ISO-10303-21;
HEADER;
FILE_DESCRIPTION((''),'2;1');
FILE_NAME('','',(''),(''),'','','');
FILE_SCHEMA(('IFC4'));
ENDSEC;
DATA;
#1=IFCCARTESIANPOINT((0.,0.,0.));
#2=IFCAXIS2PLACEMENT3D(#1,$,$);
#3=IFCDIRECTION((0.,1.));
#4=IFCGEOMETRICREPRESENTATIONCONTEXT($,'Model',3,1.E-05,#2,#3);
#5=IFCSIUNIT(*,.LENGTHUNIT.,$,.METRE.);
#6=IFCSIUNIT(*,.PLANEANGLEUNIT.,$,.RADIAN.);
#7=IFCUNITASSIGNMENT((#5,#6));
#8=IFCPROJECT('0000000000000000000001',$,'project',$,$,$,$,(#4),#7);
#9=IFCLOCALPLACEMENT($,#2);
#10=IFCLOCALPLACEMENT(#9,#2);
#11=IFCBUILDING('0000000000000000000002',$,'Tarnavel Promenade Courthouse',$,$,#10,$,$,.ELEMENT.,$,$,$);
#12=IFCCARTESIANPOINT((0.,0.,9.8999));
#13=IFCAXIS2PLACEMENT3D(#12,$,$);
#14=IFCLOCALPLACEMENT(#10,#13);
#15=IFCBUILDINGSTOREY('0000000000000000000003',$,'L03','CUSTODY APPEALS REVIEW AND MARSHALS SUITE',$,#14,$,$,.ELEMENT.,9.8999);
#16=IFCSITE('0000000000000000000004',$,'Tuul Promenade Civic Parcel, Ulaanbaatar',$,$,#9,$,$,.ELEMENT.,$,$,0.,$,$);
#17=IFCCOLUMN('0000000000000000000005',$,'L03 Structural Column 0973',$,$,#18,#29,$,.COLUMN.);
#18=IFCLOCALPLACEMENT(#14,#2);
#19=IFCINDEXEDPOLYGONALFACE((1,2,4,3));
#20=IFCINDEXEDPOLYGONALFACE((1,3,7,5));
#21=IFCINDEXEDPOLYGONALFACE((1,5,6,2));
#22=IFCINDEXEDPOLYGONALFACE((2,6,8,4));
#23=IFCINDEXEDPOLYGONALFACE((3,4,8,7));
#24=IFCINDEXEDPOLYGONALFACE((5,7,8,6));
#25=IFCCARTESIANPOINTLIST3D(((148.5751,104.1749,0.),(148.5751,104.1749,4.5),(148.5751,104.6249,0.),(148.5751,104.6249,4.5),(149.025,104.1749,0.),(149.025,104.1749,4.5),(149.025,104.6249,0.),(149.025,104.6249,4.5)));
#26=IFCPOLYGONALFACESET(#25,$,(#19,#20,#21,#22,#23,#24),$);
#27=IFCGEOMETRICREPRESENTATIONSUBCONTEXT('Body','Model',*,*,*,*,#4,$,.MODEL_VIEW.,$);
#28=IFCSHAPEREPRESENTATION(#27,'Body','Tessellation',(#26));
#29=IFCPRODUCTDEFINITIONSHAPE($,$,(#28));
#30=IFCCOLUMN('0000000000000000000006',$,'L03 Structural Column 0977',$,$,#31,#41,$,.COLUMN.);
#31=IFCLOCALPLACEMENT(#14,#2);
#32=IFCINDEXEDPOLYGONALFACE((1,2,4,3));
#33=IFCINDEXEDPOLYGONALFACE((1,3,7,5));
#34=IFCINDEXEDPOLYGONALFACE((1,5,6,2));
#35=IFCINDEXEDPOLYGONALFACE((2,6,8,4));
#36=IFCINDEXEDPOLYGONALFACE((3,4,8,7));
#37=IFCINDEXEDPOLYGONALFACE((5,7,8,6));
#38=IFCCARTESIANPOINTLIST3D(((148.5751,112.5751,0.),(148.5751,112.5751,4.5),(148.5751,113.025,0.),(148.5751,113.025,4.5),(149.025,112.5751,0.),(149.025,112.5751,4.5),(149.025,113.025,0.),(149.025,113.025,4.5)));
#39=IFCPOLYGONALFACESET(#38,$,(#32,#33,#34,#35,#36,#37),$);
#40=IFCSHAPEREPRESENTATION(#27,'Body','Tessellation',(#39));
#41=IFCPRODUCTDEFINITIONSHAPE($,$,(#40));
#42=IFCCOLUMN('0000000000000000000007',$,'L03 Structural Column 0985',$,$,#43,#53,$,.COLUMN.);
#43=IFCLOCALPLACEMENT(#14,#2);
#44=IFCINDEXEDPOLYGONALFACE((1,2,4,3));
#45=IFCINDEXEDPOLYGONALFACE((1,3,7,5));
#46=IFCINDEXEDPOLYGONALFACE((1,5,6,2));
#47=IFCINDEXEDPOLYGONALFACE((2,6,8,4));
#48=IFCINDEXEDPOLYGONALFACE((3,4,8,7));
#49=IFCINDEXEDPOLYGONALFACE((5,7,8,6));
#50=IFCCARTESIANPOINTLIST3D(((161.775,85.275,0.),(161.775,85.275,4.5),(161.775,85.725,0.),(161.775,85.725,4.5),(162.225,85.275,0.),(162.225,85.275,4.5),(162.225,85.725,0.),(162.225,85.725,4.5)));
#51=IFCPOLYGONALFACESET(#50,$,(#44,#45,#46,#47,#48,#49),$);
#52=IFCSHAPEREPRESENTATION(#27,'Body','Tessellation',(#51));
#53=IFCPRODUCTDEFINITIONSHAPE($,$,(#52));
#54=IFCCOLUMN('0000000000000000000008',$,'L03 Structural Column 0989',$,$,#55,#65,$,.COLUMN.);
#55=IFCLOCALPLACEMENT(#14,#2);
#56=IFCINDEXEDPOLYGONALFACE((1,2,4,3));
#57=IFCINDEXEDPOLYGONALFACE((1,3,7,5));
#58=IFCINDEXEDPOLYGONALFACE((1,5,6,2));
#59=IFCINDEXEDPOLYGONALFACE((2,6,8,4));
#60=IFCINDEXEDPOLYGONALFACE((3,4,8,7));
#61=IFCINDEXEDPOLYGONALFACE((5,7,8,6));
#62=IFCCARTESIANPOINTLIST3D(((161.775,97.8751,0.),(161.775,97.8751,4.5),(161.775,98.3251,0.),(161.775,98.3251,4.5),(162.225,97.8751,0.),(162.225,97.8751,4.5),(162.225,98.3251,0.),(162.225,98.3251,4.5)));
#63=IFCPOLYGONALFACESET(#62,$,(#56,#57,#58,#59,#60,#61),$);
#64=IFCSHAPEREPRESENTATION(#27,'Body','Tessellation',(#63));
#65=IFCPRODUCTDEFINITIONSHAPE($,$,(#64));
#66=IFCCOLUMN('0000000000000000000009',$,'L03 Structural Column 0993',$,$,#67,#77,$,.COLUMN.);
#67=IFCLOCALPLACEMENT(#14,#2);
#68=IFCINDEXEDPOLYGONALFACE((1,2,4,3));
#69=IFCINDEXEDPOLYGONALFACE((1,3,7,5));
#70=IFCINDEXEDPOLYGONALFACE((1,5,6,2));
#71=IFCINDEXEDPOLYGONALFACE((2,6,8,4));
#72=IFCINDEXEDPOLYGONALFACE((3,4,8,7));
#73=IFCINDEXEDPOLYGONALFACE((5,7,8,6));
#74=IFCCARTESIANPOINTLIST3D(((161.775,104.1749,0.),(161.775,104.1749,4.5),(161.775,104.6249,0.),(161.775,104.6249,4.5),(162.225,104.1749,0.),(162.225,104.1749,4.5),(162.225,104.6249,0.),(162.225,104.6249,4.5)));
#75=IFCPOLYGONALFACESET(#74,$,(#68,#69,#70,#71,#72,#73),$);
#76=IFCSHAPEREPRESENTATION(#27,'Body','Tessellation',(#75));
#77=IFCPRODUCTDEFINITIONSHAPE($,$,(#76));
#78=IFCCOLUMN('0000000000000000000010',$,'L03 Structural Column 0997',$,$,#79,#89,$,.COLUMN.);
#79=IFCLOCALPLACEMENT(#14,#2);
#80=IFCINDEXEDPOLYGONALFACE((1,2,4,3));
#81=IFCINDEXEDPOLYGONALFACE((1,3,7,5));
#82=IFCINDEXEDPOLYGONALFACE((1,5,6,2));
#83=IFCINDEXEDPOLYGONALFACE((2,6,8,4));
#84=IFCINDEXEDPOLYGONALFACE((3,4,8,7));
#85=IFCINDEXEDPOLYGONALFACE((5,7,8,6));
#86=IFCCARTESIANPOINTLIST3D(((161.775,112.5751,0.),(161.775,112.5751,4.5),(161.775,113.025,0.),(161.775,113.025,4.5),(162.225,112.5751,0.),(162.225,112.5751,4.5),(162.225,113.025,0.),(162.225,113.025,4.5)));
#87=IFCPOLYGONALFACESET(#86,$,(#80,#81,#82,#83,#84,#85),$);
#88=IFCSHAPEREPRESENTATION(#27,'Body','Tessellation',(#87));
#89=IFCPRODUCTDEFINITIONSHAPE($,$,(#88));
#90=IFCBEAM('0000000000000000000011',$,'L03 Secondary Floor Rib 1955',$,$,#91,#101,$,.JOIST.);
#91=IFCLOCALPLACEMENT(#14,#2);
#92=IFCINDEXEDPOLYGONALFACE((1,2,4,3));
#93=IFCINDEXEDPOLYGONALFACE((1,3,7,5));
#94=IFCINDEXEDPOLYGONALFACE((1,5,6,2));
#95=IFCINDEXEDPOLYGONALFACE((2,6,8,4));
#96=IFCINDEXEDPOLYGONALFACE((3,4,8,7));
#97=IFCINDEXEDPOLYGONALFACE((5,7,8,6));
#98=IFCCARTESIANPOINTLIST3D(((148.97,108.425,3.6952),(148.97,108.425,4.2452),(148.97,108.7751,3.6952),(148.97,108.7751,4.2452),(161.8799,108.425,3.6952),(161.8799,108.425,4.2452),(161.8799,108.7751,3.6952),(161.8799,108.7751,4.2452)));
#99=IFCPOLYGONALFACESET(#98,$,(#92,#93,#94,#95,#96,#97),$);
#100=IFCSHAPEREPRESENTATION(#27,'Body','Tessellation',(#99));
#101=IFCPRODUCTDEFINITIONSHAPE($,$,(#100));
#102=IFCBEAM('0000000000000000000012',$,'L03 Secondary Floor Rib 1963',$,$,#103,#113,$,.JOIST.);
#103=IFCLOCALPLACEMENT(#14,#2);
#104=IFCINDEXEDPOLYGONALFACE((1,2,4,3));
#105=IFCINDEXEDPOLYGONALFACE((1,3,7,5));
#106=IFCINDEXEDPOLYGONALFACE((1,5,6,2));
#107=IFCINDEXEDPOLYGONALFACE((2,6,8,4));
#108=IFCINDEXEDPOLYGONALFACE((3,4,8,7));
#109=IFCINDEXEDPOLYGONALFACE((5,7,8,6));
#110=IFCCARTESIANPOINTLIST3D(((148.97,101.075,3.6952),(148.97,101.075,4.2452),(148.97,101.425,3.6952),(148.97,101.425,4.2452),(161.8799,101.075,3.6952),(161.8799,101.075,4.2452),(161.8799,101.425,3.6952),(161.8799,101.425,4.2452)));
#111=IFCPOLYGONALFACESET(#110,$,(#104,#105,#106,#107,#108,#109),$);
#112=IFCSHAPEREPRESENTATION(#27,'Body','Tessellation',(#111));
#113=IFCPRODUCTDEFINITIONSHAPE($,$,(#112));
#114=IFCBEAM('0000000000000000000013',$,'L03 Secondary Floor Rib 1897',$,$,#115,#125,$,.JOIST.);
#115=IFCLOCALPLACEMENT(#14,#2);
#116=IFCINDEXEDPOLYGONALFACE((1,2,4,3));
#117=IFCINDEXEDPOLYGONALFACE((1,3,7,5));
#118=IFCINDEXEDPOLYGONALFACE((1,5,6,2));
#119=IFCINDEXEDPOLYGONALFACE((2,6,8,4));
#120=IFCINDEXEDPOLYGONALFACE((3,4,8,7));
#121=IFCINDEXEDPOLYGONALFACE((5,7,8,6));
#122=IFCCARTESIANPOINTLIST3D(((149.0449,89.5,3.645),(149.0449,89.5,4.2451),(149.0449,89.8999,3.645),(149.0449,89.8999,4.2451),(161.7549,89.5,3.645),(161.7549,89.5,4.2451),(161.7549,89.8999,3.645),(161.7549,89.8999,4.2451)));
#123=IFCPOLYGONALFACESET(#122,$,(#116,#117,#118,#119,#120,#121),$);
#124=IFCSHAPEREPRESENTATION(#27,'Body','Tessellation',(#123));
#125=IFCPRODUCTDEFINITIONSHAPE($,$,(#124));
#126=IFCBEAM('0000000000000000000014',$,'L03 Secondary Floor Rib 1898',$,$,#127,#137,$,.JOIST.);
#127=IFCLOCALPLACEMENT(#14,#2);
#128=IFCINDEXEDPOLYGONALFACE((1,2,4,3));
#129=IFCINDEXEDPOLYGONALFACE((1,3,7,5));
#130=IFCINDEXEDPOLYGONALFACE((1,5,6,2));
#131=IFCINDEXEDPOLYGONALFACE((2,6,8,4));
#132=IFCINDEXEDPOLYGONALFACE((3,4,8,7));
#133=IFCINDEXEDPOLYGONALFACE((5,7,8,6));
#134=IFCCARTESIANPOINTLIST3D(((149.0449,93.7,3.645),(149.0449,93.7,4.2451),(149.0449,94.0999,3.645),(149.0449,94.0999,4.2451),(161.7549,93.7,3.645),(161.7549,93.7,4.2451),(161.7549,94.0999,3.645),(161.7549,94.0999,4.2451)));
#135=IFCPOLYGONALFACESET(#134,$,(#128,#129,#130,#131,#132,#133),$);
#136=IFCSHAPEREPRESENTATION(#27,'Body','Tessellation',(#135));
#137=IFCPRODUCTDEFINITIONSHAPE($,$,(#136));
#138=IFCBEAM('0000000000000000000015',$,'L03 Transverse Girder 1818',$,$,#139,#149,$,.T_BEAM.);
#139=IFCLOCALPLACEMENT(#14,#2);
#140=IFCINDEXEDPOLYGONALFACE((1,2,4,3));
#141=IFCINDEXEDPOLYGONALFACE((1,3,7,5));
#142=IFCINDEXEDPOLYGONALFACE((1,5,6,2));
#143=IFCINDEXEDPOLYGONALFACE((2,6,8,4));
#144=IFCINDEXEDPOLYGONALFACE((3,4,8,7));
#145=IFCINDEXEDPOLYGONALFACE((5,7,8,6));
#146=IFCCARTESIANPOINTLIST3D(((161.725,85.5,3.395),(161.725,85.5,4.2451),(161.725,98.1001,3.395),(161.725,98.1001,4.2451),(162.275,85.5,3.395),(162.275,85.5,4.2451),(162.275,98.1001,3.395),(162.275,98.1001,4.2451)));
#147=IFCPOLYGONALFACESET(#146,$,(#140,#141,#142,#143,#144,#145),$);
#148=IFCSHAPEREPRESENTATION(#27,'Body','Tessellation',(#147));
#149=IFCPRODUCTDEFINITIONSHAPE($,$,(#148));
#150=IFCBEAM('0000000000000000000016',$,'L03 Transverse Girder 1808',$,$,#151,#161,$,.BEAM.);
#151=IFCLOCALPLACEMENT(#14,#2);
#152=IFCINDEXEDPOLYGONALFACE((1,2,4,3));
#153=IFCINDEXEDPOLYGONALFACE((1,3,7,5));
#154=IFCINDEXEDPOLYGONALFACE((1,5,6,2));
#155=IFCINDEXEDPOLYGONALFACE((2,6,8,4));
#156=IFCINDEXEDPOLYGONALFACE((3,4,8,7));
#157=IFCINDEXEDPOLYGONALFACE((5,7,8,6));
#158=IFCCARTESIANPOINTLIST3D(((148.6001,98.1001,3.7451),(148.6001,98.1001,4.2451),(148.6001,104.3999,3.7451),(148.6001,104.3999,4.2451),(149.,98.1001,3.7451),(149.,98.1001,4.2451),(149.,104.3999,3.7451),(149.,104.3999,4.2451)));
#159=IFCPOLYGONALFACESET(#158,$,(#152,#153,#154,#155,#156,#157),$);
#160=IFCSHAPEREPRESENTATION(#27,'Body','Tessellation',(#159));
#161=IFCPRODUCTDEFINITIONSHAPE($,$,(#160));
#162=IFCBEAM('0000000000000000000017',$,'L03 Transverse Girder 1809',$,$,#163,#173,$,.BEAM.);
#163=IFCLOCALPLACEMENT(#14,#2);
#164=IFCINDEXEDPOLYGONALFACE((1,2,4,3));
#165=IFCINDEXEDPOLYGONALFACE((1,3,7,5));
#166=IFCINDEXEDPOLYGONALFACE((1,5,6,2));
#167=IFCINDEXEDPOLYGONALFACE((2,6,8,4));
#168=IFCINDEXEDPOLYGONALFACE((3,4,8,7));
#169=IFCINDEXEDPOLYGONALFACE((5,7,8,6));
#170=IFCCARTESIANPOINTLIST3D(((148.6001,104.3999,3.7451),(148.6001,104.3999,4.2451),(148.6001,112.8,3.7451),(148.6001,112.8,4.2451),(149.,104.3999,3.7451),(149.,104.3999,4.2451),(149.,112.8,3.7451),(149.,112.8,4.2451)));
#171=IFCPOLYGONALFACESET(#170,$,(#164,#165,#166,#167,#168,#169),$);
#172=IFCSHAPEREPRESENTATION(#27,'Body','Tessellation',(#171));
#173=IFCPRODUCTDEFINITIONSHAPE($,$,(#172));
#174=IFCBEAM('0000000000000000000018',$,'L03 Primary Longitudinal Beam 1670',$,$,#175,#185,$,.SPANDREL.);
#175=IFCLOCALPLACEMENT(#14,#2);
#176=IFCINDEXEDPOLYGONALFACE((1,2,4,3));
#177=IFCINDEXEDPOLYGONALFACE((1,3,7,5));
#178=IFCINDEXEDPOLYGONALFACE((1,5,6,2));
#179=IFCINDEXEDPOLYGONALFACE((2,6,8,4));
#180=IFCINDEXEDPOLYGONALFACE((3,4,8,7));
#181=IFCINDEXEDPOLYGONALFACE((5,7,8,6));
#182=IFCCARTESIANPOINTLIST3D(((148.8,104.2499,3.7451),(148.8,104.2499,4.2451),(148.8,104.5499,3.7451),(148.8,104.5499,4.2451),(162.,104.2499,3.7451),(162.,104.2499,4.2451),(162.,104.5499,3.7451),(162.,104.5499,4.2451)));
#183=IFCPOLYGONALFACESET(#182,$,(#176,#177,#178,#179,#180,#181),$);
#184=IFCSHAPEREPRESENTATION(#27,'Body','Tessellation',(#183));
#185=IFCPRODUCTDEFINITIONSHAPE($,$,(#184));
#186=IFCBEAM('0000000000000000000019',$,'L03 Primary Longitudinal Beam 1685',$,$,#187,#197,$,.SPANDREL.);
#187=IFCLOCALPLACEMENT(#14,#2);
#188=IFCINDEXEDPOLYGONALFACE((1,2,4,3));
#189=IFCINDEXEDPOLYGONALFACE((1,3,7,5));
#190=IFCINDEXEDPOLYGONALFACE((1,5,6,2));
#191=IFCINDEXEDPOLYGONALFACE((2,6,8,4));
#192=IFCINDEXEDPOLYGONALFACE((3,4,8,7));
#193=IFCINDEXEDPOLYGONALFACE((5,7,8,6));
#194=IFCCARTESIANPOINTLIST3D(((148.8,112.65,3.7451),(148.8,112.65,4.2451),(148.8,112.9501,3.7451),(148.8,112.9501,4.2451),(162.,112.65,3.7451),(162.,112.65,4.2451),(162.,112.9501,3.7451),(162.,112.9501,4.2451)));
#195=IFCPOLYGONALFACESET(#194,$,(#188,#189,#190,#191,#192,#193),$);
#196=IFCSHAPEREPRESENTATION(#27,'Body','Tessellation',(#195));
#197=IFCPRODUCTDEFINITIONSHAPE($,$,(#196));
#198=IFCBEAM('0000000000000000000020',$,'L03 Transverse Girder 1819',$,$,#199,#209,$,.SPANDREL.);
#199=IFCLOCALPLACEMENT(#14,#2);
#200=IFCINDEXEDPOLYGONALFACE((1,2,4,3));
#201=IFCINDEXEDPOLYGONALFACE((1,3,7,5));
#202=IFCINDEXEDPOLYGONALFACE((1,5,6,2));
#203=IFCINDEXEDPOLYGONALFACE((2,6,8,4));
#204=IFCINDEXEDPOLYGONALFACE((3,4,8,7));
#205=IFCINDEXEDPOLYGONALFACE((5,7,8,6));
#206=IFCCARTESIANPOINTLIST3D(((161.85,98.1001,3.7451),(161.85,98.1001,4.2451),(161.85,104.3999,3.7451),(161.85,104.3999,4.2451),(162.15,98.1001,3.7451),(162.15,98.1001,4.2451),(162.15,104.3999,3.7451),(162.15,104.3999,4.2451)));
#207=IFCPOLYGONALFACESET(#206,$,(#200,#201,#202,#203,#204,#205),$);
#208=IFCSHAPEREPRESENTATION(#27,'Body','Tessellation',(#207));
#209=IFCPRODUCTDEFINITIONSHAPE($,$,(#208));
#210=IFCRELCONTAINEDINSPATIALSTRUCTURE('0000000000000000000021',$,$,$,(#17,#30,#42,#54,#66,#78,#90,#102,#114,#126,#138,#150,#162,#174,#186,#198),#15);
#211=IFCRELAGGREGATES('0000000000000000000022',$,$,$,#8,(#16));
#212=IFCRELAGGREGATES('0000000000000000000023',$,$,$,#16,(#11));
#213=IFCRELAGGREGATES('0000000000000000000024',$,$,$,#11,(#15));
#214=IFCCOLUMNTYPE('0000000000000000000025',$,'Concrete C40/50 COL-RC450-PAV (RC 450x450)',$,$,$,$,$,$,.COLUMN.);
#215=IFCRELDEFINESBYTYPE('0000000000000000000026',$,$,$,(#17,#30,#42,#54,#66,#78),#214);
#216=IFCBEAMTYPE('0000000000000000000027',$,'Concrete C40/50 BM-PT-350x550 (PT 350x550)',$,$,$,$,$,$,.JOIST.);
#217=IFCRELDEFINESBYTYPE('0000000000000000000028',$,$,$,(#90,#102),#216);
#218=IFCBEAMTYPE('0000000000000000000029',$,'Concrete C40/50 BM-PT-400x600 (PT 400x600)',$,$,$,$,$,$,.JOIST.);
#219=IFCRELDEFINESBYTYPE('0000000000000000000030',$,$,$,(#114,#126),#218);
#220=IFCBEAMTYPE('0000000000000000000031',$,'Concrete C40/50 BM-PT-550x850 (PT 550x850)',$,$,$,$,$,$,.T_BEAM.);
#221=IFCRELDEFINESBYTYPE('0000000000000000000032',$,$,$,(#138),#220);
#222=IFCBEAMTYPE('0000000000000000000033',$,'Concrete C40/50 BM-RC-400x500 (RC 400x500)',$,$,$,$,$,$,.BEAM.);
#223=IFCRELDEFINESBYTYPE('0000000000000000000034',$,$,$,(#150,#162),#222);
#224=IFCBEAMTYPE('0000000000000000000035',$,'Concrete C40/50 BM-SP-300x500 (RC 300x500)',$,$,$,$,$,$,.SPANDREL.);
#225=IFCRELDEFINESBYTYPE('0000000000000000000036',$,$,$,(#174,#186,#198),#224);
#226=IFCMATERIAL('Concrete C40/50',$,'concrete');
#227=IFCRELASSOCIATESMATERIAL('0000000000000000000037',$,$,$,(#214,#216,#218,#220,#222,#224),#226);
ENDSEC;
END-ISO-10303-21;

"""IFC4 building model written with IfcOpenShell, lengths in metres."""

from ifc_helpers import new_model, si_unit, direction, frame, origin, origin_2d, place, context, subcontext, project, spatial, rectangle, extrude, material, material_profile, profile_set, type_object, element, save


model = new_model("IFC4")

# Units and contexts
model_context = context("Model", 3, precision=1e-05, world=origin(), true_north=direction((0.0, 1.0)))
body_context = subcontext(model_context, "Body", "Model", "MODEL_VIEW")
ifc_project = project(units=[si_unit("LENGTHUNIT", "METRE"), si_unit("PLANEANGLEUNIT", "RADIAN")], contexts=[model_context])

# Site, building, storey
site_placement = place(None, origin())
site = spatial("IfcSite", under=ifc_project, at=site_placement, Name="Tuul Promenade Civic Parcel, Ulaanbaatar", CompositionType="ELEMENT", RefElevation=0.0)
building_placement = place(site_placement, origin())
building = spatial("IfcBuilding", under=site, at=building_placement, Name="Tarnavel Promenade Courthouse", CompositionType="ELEMENT")
storey_placement = place(building_placement, frame((0.0, 0.0, 9.8999)))
storey = spatial("IfcBuildingStorey", under=building, at=storey_placement, Name="L03", Description="CUSTODY APPEALS REVIEW AND MARSHALS SUITE", CompositionType="ELEMENT", Elevation=9.8999)

# Columns
ifc_material_1 = material(Name="Concrete C40/50", Category="concrete")
ifc_material_profile_1 = material_profile(ifc_material_1, rectangle(XDim=0.45, YDim=0.45, at=origin_2d()), Name="RC 450x450")
ifc_profile_set_1 = profile_set([ifc_material_profile_1], Name="Concrete C40/50")
column_type = type_object("IfcColumnType", Name="Concrete C40/50 COL-RC450-PAV (RC 450x450)", PredefinedType="COLUMN", material=ifc_profile_set_1)
for number, where, z_axis, x_axis, name in (
    (1, (148.8, 104.3999, 0.0), (0.0, 0.0, 1.0), (1.0, 0.0, 0.0), "L03 Structural Column 0973"),
    (2, (148.8, 112.8, 0.0), (0.0, 0.0, 1.0), (1.0, 0.0, 0.0), "L03 Structural Column 0977"),
    (3, (162.0, 85.5, 0.0), (0.0, 0.0, 1.0), (1.0, 0.0, 0.0), "L03 Structural Column 0985"),
    (4, (162.0, 98.1001, 0.0), (0.0, 0.0, 1.0), (1.0, 0.0, 0.0), "L03 Structural Column 0989"),
    (5, (162.0, 104.3999, 0.0), (0.0, 0.0, 1.0), (1.0, 0.0, 0.0), "L03 Structural Column 0993"),
    (6, (162.0, 112.8, 0.0), (0.0, 0.0, 1.0), (1.0, 0.0, 0.0), "L03 Structural Column 0997"),
):
    element("IfcColumn", number, at=place(storey_placement, frame(where, z_axis=z_axis, x_axis=x_axis)), inside=storey, type_object=column_type, Name=name, PredefinedType="COLUMN", context=body_context, shape_type="SweptSolid", body=[
        extrude(rectangle(XDim=0.45, YDim=0.45, at=origin_2d()), origin(), (0.0, 0.0, 1.0), 4.5),
    ])

# Beams
ifc_material_profile_2 = material_profile(ifc_material_1, rectangle(XDim=0.3501, YDim=0.55, at=origin_2d()), Name="PT 350x550")
ifc_profile_set_2 = profile_set([ifc_material_profile_2], Name="Concrete C40/50")
beam_type_1 = type_object("IfcBeamType", Name="Concrete C40/50 BM-PT-350x550 (PT 350x550)", PredefinedType="JOIST", material=ifc_profile_set_2)
for number, where, z_axis, x_axis, name in (
    (7, (148.97, 108.6001, 3.9702), (1.0, 0.0, 0.0), (0.0, 1.0, 0.0), "L03 Secondary Floor Rib 1955"),
    (8, (148.97, 101.25, 3.9702), (1.0, 0.0, 0.0), (0.0, 1.0, 0.0), "L03 Secondary Floor Rib 1963"),
):
    element("IfcBeam", number, at=place(storey_placement, frame(where, z_axis=z_axis, x_axis=x_axis)), inside=storey, type_object=beam_type_1, Name=name, PredefinedType="JOIST", context=body_context, shape_type="SweptSolid", body=[
        extrude(rectangle(XDim=0.3501, YDim=0.55, at=origin_2d()), origin(), (0.0, 0.0, 1.0), 12.9099),
    ])
ifc_material_profile_3 = material_profile(ifc_material_1, rectangle(XDim=0.3999, YDim=0.6001, at=origin_2d()), Name="PT 400x600")
ifc_profile_set_3 = profile_set([ifc_material_profile_3], Name="Concrete C40/50")
beam_type_2 = type_object("IfcBeamType", Name="Concrete C40/50 BM-PT-400x600 (PT 400x600)", PredefinedType="JOIST", material=ifc_profile_set_3)
for number, where, z_axis, x_axis, name in (
    (9, (149.0449, 89.7, 3.9451), (1.0, 0.0, 0.0), (0.0, 1.0, 0.0), "L03 Secondary Floor Rib 1897"),
    (10, (149.0449, 93.8999, 3.9451), (1.0, 0.0, 0.0), (0.0, 1.0, 0.0), "L03 Secondary Floor Rib 1898"),
):
    element("IfcBeam", number, at=place(storey_placement, frame(where, z_axis=z_axis, x_axis=x_axis)), inside=storey, type_object=beam_type_2, Name=name, PredefinedType="JOIST", context=body_context, shape_type="SweptSolid", body=[
        extrude(rectangle(XDim=0.3999, YDim=0.6001, at=origin_2d()), origin(), (0.0, 0.0, 1.0), 12.71),
    ])
ifc_material_profile_4 = material_profile(ifc_material_1, rectangle(XDim=0.55, YDim=0.8501, at=origin_2d()), Name="PT 550x850")
ifc_profile_set_4 = profile_set([ifc_material_profile_4], Name="Concrete C40/50")
beam_type_3 = type_object("IfcBeamType", Name="Concrete C40/50 BM-PT-550x850 (PT 550x850)", PredefinedType="T_BEAM", material=ifc_profile_set_4)
beam_1_placement = place(storey_placement, frame((162.0, 85.5, 3.8201), z_axis=(0.0, 1.0, 0.0), x_axis=(-1.0, 0.0, 0.0)))
element("IfcBeam", 11, at=beam_1_placement, inside=storey, type_object=beam_type_3, Name="L03 Transverse Girder 1818", PredefinedType="T_BEAM", context=body_context, shape_type="SweptSolid", body=[
    extrude(rectangle(XDim=0.55, YDim=0.8501, at=origin_2d()), origin(), (0.0, 0.0, 1.0), 12.6001),
])
ifc_material_profile_5 = material_profile(ifc_material_1, rectangle(XDim=0.3999, YDim=0.5, at=origin_2d()), Name="RC 400x500")
ifc_profile_set_5 = profile_set([ifc_material_profile_5], Name="Concrete C40/50")
beam_type_4 = type_object("IfcBeamType", Name="Concrete C40/50 BM-RC-400x500 (RC 400x500)", PredefinedType="BEAM", material=ifc_profile_set_5)
beam_2_placement = place(storey_placement, frame((148.8, 98.1001, 3.9951), z_axis=(0.0, 1.0, 0.0), x_axis=(-1.0, 0.0, 0.0)))
element("IfcBeam", 12, at=beam_2_placement, inside=storey, type_object=beam_type_4, Name="L03 Transverse Girder 1808", PredefinedType="BEAM", context=body_context, shape_type="SweptSolid", body=[
    extrude(rectangle(XDim=0.3999, YDim=0.5, at=origin_2d()), origin(), (0.0, 0.0, 1.0), 6.2998),
])
beam_3_placement = place(storey_placement, frame((148.8, 104.3999, 3.9951), z_axis=(0.0, 1.0, 0.0), x_axis=(-1.0, 0.0, 0.0)))
element("IfcBeam", 13, at=beam_3_placement, inside=storey, type_object=beam_type_4, Name="L03 Transverse Girder 1809", PredefinedType="BEAM", context=body_context, shape_type="SweptSolid", body=[
    extrude(rectangle(XDim=0.3999, YDim=0.5, at=origin_2d()), origin(), (0.0, 0.0, 1.0), 8.4001),
])
ifc_material_profile_6 = material_profile(ifc_material_1, rectangle(XDim=0.3, YDim=0.5, at=origin_2d()), Name="RC 300x500")
ifc_profile_set_6 = profile_set([ifc_material_profile_6], Name="Concrete C40/50")
beam_type_5 = type_object("IfcBeamType", Name="Concrete C40/50 BM-SP-300x500 (RC 300x500)", PredefinedType="SPANDREL", material=ifc_profile_set_6)
for number, where, z_axis, x_axis, name in (
    (14, (148.8, 104.3999, 3.9951), (1.0, 0.0, 0.0), (0.0, 1.0, 0.0), "L03 Primary Longitudinal Beam 1670"),
    (15, (148.8, 112.8, 3.9951), (1.0, 0.0, 0.0), (0.0, 1.0, 0.0), "L03 Primary Longitudinal Beam 1685"),
):
    element("IfcBeam", number, at=place(storey_placement, frame(where, z_axis=z_axis, x_axis=x_axis)), inside=storey, type_object=beam_type_5, Name=name, PredefinedType="SPANDREL", context=body_context, shape_type="SweptSolid", body=[
        extrude(rectangle(XDim=0.3, YDim=0.5, at=origin_2d()), origin(), (0.0, 0.0, 1.0), 13.2),
    ])
beam_4_placement = place(storey_placement, frame((162.0, 98.1001, 3.9951), z_axis=(0.0, 1.0, 0.0), x_axis=(-1.0, 0.0, 0.0)))
element("IfcBeam", 16, at=beam_4_placement, inside=storey, type_object=beam_type_5, Name="L03 Transverse Girder 1819", PredefinedType="SPANDREL", context=body_context, shape_type="SweptSolid", body=[
    extrude(rectangle(XDim=0.3, YDim=0.5, at=origin_2d()), origin(), (0.0, 0.0, 1.0), 6.2998),
])

save(model, "model.ifc")
